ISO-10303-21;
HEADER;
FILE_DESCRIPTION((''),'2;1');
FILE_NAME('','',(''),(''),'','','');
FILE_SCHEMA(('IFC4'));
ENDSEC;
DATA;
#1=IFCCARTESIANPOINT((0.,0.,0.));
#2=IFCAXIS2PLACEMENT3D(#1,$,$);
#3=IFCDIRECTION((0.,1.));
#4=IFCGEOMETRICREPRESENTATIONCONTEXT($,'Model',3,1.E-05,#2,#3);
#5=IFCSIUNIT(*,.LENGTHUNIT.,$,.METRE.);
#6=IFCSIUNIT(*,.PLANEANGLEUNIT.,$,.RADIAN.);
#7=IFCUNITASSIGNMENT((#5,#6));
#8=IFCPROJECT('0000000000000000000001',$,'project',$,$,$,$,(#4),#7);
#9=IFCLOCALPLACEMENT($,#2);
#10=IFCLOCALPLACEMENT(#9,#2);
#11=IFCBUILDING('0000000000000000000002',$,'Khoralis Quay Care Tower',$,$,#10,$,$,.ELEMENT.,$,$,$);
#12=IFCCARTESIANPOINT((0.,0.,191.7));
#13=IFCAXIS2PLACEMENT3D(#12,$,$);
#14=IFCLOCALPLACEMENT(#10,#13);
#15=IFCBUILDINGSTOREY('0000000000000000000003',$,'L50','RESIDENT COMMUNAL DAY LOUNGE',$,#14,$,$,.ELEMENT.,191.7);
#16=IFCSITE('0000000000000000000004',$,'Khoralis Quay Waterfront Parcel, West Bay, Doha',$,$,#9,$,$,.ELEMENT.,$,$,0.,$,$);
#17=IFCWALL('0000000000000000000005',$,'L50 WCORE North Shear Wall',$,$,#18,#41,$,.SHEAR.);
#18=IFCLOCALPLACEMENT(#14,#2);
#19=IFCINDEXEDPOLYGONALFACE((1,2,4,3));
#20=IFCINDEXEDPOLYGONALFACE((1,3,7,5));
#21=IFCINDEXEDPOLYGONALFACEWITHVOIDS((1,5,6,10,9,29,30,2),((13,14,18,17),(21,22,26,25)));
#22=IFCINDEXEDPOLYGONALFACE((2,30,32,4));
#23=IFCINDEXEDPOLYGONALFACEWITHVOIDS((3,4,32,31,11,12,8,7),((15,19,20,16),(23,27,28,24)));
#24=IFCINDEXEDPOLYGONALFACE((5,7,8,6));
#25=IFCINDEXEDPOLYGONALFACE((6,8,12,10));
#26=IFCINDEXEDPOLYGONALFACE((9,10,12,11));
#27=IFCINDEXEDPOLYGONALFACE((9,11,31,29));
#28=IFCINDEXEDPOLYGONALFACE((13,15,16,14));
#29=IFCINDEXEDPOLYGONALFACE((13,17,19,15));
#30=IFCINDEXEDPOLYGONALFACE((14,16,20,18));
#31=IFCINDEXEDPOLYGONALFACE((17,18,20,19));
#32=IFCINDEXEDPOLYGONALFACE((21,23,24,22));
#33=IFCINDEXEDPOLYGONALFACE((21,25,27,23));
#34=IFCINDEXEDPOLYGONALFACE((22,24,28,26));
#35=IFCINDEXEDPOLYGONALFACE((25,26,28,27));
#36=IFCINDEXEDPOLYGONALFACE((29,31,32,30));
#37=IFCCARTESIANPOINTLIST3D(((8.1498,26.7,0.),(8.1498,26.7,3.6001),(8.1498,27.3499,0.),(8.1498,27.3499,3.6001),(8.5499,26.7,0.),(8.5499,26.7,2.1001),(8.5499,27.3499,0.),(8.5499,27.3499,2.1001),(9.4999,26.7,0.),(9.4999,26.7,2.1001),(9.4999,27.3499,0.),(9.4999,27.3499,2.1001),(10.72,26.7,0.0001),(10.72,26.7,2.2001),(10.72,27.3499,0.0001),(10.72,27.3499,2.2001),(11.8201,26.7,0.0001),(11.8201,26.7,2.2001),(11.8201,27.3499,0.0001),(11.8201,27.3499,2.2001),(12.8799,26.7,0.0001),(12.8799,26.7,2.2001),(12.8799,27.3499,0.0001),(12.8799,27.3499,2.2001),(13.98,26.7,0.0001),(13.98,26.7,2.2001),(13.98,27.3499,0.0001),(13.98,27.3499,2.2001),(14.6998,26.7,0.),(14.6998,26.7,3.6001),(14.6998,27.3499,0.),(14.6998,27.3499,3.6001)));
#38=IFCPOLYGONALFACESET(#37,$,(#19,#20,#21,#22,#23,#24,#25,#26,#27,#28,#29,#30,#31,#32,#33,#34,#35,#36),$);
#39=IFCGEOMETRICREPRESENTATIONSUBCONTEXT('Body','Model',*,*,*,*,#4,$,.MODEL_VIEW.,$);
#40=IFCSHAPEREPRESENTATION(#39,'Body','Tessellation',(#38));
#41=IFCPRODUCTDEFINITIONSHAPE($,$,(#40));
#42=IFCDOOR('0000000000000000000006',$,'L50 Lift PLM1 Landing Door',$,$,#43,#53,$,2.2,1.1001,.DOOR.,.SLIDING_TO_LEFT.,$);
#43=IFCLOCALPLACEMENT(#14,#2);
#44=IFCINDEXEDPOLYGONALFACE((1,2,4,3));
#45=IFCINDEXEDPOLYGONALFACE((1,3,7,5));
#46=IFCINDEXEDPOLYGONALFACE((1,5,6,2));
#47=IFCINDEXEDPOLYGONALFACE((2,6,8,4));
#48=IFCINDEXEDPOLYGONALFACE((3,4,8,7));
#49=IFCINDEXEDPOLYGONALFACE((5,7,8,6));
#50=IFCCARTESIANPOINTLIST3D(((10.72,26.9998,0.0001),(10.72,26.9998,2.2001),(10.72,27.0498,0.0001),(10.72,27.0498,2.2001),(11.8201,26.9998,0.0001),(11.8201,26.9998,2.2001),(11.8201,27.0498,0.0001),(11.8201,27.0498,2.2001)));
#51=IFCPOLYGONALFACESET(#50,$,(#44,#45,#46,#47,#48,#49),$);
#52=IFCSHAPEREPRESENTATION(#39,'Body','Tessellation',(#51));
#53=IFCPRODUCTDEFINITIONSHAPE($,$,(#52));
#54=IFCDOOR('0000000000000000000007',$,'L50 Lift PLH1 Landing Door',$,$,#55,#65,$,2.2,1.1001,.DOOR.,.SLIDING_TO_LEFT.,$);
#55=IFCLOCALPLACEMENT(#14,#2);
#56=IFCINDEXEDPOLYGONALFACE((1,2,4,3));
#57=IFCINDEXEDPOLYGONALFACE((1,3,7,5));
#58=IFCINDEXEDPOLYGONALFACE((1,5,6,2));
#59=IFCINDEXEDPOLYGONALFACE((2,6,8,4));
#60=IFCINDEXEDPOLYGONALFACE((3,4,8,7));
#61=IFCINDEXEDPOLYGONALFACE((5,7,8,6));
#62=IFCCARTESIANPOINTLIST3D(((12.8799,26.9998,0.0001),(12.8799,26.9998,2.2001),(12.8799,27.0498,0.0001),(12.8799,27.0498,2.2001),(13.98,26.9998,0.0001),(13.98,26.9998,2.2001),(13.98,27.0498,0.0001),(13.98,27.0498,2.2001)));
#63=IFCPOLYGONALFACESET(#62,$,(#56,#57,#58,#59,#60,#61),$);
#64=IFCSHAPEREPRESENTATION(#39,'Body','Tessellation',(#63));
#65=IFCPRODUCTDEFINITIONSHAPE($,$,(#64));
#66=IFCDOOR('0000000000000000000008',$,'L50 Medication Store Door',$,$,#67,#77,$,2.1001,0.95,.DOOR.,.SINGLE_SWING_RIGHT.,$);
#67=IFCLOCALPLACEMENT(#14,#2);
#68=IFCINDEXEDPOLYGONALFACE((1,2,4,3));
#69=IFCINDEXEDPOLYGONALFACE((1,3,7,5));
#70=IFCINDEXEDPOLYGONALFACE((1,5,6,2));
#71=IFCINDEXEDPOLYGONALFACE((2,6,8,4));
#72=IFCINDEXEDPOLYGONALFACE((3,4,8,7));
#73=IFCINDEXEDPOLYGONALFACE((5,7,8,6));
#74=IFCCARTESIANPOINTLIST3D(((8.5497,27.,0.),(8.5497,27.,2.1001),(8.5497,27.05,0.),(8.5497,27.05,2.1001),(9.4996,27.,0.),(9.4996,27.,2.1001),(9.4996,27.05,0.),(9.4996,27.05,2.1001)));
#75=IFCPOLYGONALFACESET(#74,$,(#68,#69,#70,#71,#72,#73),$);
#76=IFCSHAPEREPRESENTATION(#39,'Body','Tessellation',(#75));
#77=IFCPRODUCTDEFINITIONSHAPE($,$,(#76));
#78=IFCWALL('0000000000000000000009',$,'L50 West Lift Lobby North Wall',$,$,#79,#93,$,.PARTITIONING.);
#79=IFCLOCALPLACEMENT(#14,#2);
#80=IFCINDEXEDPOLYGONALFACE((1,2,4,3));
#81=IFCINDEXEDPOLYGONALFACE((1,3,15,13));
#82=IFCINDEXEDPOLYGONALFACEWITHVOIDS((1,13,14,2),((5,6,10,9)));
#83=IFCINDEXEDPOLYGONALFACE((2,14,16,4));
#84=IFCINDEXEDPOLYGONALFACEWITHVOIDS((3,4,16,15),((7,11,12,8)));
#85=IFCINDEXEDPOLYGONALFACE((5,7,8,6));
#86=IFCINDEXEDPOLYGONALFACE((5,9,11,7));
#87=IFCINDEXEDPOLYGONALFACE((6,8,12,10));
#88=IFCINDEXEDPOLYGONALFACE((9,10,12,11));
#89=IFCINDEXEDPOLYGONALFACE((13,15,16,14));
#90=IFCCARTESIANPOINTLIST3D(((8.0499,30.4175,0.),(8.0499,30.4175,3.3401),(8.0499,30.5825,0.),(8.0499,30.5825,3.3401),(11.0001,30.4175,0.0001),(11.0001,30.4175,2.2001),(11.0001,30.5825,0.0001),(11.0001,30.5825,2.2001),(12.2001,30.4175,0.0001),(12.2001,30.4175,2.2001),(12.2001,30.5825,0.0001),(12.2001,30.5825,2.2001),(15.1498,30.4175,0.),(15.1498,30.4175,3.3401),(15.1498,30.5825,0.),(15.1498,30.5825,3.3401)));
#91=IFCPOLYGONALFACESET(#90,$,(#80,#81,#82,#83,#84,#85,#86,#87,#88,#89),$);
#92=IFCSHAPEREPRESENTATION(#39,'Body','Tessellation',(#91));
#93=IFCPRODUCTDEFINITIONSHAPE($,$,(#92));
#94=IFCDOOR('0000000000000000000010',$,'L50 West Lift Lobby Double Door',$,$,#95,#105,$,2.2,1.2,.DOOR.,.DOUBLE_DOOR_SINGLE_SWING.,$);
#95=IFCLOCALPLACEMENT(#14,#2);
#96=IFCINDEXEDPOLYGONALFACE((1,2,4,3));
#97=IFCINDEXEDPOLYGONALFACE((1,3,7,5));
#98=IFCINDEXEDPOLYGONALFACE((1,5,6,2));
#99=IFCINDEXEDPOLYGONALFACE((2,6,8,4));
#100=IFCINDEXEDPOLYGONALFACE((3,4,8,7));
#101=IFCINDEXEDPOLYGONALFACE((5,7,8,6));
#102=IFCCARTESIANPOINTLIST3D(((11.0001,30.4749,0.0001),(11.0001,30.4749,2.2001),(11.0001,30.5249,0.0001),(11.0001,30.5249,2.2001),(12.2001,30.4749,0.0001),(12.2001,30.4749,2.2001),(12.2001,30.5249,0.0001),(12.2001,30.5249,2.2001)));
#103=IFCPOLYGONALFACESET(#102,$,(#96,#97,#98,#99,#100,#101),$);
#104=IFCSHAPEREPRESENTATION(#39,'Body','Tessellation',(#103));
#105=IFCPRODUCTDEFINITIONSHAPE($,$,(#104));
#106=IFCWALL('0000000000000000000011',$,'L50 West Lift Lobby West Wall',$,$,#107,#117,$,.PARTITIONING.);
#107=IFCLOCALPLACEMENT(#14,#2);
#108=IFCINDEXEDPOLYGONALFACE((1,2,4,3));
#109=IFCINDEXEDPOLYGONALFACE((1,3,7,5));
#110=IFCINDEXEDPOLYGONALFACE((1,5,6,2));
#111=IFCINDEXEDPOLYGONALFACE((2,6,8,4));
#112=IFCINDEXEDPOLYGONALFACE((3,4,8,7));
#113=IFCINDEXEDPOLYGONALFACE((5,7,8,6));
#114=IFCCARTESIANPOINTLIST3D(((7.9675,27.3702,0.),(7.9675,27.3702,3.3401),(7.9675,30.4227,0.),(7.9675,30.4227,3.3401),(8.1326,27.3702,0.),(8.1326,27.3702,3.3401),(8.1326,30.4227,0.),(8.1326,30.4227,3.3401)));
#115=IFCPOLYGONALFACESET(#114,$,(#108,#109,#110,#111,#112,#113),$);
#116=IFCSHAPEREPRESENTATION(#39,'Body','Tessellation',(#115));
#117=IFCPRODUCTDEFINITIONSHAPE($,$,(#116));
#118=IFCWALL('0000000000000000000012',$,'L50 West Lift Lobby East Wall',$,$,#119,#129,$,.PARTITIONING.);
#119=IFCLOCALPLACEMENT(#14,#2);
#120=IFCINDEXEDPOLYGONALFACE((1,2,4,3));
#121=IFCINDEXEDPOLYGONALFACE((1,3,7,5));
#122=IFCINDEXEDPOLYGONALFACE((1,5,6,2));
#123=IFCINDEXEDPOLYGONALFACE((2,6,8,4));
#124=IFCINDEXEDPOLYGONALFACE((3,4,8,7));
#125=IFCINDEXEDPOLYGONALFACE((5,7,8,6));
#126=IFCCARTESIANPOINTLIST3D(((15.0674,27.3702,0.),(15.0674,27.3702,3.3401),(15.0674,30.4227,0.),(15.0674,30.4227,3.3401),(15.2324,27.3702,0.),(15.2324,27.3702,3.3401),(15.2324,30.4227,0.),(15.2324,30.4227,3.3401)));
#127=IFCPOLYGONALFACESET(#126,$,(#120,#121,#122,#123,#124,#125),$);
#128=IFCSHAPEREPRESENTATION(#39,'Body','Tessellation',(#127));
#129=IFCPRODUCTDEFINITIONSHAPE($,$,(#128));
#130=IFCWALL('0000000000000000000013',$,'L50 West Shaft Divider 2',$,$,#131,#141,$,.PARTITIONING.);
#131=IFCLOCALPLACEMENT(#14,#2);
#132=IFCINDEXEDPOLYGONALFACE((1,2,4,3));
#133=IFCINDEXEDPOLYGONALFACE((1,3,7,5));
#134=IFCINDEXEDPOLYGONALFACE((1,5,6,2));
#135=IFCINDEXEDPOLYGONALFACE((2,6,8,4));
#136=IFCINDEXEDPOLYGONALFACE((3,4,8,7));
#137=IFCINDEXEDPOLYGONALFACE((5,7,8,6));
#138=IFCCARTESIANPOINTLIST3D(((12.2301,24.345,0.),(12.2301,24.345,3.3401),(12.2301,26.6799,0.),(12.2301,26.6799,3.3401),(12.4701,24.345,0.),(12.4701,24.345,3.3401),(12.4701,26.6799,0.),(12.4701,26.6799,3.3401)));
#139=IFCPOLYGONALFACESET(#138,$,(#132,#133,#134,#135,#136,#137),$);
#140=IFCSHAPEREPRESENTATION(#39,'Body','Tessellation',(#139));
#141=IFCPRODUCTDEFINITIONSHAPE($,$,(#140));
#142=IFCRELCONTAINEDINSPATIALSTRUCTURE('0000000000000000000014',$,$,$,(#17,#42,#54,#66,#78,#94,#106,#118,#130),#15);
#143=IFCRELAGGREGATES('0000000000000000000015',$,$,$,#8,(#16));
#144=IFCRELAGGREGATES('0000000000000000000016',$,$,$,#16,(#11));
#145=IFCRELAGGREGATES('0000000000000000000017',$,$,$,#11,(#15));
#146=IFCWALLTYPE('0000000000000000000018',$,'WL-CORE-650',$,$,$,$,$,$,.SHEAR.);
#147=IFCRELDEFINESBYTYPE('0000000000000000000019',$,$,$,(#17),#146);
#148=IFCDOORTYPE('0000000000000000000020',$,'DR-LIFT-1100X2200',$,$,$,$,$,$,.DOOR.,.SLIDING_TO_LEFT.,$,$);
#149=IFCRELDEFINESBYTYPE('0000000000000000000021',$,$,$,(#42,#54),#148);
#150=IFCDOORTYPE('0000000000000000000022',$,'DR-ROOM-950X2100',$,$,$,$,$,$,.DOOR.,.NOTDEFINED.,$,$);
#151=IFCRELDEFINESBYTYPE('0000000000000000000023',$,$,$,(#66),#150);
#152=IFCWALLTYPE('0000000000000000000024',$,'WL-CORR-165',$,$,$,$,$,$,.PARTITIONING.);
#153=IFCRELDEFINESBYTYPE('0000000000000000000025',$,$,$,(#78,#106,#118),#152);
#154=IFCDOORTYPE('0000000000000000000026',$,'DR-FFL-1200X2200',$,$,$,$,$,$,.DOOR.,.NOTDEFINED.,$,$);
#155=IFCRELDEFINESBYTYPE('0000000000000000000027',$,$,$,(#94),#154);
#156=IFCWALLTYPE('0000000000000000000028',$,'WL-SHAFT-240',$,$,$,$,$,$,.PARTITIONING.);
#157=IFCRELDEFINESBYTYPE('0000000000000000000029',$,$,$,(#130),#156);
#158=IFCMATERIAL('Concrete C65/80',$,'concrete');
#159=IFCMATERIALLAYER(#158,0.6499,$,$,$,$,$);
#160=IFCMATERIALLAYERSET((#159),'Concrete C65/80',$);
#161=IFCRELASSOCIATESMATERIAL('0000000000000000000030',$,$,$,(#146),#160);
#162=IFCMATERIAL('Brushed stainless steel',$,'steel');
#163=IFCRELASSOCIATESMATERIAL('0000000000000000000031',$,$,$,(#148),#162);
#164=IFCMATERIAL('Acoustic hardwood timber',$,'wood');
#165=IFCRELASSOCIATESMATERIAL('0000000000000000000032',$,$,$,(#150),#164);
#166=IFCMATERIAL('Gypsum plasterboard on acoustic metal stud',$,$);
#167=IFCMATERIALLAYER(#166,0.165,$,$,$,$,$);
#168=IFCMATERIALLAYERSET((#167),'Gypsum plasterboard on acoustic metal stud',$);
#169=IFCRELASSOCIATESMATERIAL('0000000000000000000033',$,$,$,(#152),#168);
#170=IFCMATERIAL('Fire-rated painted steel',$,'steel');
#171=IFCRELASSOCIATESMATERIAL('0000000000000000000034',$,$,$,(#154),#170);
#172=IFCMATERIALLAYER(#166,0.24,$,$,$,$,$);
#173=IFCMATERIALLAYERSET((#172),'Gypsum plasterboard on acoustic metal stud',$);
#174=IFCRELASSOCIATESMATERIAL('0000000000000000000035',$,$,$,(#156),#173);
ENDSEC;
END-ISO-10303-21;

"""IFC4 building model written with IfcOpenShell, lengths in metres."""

from ifc_helpers import new_model, si_unit, direction, frame, frame_2d, origin, place, context, subcontext, project, spatial, rectangle, extrude, source, transform, mapped, material, layer, layer_set, type_object, element, fill, save


model = new_model("IFC4")

# Units and contexts
model_context = context("Model", 3, precision=1e-05, world=origin(), true_north=direction((0.0, 1.0)))
body_context = subcontext(model_context, "Body", "Model", "MODEL_VIEW")
ifc_project = project(units=[si_unit("LENGTHUNIT", "METRE"), si_unit("PLANEANGLEUNIT", "RADIAN")], contexts=[model_context])

# Site, building, storey
site_placement = place(None, origin())
site = spatial("IfcSite", under=ifc_project, at=site_placement, Name="Khoralis Quay Waterfront Parcel, West Bay, Doha", CompositionType="ELEMENT", RefElevation=0.0)
building_placement = place(site_placement, origin())
building = spatial("IfcBuilding", under=site, at=building_placement, Name="Khoralis Quay Care Tower", CompositionType="ELEMENT")
storey_placement = place(building_placement, frame((0.0, 0.0, 191.7)))
storey = spatial("IfcBuildingStorey", under=building, at=storey_placement, Name="L50", Description="RESIDENT COMMUNAL DAY LOUNGE", CompositionType="ELEMENT", Elevation=191.7)

# Shared definitions
ifc_material_1 = material(Name="Concrete C65/80", Category="concrete")

# Wall, openings, doors
ifc_layer_1 = layer(ifc_material_1, 0.6499)
ifc_layer_set_1 = layer_set([ifc_layer_1], Name="Concrete C65/80")
wall_type_1 = type_object("IfcWallType", Name="WL-CORE-650", PredefinedType="SHEAR", material=ifc_layer_set_1)
wall_1_placement = place(storey_placement, frame((8.1499, 27.0249, 0.0), z_axis=(0.0, 0.0, 1.0), x_axis=(1.0, 0.0, 0.0)))
wall_1 = element("IfcWall", 1, at=wall_1_placement, inside=storey, type_object=wall_type_1, Name="L50 WCORE North Shear Wall", PredefinedType="SHEAR", context=body_context, shape_type="SweptSolid", body=[
    extrude(rectangle(XDim=6.55, YDim=0.6499, at=frame_2d((3.2749, 0.0))), origin(), (0.0, 0.0, 1.0), 3.6001),
])
opening_1_placement = place(wall_1_placement, frame((0.3999, 0.0, 0.0)))
opening_1 = element("IfcOpeningElement", 2, at=opening_1_placement, cuts=wall_1, PredefinedType="OPENING", context=body_context, shape_type="SweptSolid", body=[
    extrude(rectangle(XDim=0.95, YDim=2.1001, at=frame_2d((0.4751, 1.05))), frame((0.0, 0.335, 0.0), z_axis=(0.0, -1.0, 0.0), x_axis=(1.0, 0.0, 0.0)), (0.0, 0.0, 1.0), 0.6699),
])
opening_2_placement = place(wall_1_placement, frame((2.5701, 0.0, 0.0)))
opening_2 = element("IfcOpeningElement", 3, at=opening_2_placement, cuts=wall_1, PredefinedType="OPENING", context=body_context, shape_type="SweptSolid", body=[
    extrude(rectangle(XDim=1.1001, YDim=2.2, at=frame_2d((0.55, 1.1001))), frame((0.0, 0.335, 0.0), z_axis=(0.0, -1.0, 0.0), x_axis=(1.0, 0.0, 0.0)), (0.0, 0.0, 1.0), 0.6699),
])
opening_3_placement = place(wall_1_placement, frame((4.73, 0.0, 0.0)))
opening_3 = element("IfcOpeningElement", 4, at=opening_3_placement, cuts=wall_1, PredefinedType="OPENING", context=body_context, shape_type="SweptSolid", body=[
    extrude(rectangle(XDim=1.1001, YDim=2.2, at=frame_2d((0.55, 1.1001))), frame((0.0, 0.335, 0.0), z_axis=(0.0, -1.0, 0.0), x_axis=(1.0, 0.0, 0.0)), (0.0, 0.0, 1.0), 0.6699),
])
ifc_material_2 = material(Name="Brushed stainless steel", Category="steel")
door_type_1 = type_object("IfcDoorType", Name="DR-LIFT-1100X2200", OperationType="SLIDING_TO_LEFT", PredefinedType="DOOR", material=ifc_material_2)
shared_shape_1 = source(origin(), body_context, "Body", "SweptSolid", [
    extrude(rectangle(XDim=1.1001, YDim=2.2, at=frame_2d((0.55, 1.1001))), frame((0.0, 0.0249, 0.0), z_axis=(0.0, -1.0, 0.0), x_axis=(1.0, 0.0, 0.0)), (0.0, 0.0, 1.0), 0.05),
])
door_1_placement = place(opening_2_placement, origin())
door_1 = element("IfcDoor", 5, at=door_1_placement, inside=storey, type_object=door_type_1, Name="L50 Lift PLM1 Landing Door", OperationType="SLIDING_TO_LEFT", OverallHeight=2.2, OverallWidth=1.1001, PredefinedType="DOOR", context=body_context, shape_type="MappedRepresentation", body=[
    mapped(shared_shape_1, transform((0.0, 0.0, 0.0), scale=1.0)),
])
fill(opening_2, door_1)
door_2_placement = place(opening_3_placement, origin())
door_2 = element("IfcDoor", 6, at=door_2_placement, inside=storey, type_object=door_type_1, Name="L50 Lift PLH1 Landing Door", OperationType="SLIDING_TO_LEFT", OverallHeight=2.2, OverallWidth=1.1001, PredefinedType="DOOR", context=body_context, shape_type="MappedRepresentation", body=[
    mapped(shared_shape_1, transform((0.0, 0.0, 0.0), scale=1.0)),
])
fill(opening_3, door_2)
ifc_material_3 = material(Name="Acoustic hardwood timber", Category="wood")
door_type_2 = type_object("IfcDoorType", Name="DR-ROOM-950X2100", OperationType="NOTDEFINED", PredefinedType="DOOR", material=ifc_material_3)
shared_shape_2 = source(origin(), body_context, "Body", "SweptSolid", [
    extrude(rectangle(XDim=0.95, YDim=2.1001, at=frame_2d((0.4751, 1.05))), frame((0.0, 0.0249, 0.0), z_axis=(0.0, -1.0, 0.0), x_axis=(1.0, 0.0, 0.0)), (0.0, 0.0, 1.0), 0.05),
])
door_3_placement = place(opening_1_placement, frame((0.95, 0.0, 0.0), z_axis=(0.0, 0.0, 1.0), x_axis=(-1.0, 0.0, 0.0)))
door_3 = element("IfcDoor", 7, at=door_3_placement, inside=storey, type_object=door_type_2, Name="L50 Medication Store Door", OperationType="SINGLE_SWING_RIGHT", OverallHeight=2.1001, OverallWidth=0.95, PredefinedType="DOOR", context=body_context, shape_type="MappedRepresentation", body=[
    mapped(shared_shape_2, transform((0.0, 0.0, 0.0), scale=1.0)),
])
fill(opening_1, door_3)

# Wall, opening, door
ifc_material_4 = material(Name="Gypsum plasterboard on acoustic metal stud")
ifc_layer_2 = layer(ifc_material_4, 0.165)
ifc_layer_set_2 = layer_set([ifc_layer_2], Name="Gypsum plasterboard on acoustic metal stud")
wall_type_2 = type_object("IfcWallType", Name="WL-CORR-165", PredefinedType="PARTITIONING", material=ifc_layer_set_2)
wall_2_placement = place(storey_placement, frame((8.05, 30.5, 0.0), z_axis=(0.0, 0.0, 1.0), x_axis=(1.0, 0.0, 0.0)))
wall_2 = element("IfcWall", 8, at=wall_2_placement, inside=storey, type_object=wall_type_2, Name="L50 West Lift Lobby North Wall", PredefinedType="PARTITIONING", context=body_context, shape_type="SweptSolid", body=[
    extrude(rectangle(XDim=7.0999, YDim=0.165, at=frame_2d((3.5498, 0.0))), origin(), (0.0, 0.0, 1.0), 3.3401),
])
opening_4_placement = place(wall_2_placement, frame((2.95, 0.0, 0.0)))
opening_4 = element("IfcOpeningElement", 9, at=opening_4_placement, cuts=wall_2, PredefinedType="OPENING", context=body_context, shape_type="SweptSolid", body=[
    extrude(rectangle(XDim=1.2, YDim=2.2, at=frame_2d((0.6001, 1.1001))), frame((0.0, 0.0925, 0.0), z_axis=(0.0, -1.0, 0.0), x_axis=(1.0, 0.0, 0.0)), (0.0, 0.0, 1.0), 0.1851),
])
ifc_material_5 = material(Name="Fire-rated painted steel", Category="steel")
door_type_3 = type_object("IfcDoorType", Name="DR-FFL-1200X2200", OperationType="NOTDEFINED", PredefinedType="DOOR", material=ifc_material_5)
shared_shape_3 = source(origin(), body_context, "Body", "SweptSolid", [
    extrude(rectangle(XDim=1.2, YDim=2.2, at=frame_2d((0.6001, 1.1001))), frame((0.0, 0.0249, 0.0), z_axis=(0.0, -1.0, 0.0), x_axis=(1.0, 0.0, 0.0)), (0.0, 0.0, 1.0), 0.05),
])
door_4_placement = place(opening_4_placement, origin())
door_4 = element("IfcDoor", 10, at=door_4_placement, inside=storey, type_object=door_type_3, Name="L50 West Lift Lobby Double Door", OperationType="DOUBLE_DOOR_SINGLE_SWING", OverallHeight=2.2, OverallWidth=1.2, PredefinedType="DOOR", context=body_context, shape_type="MappedRepresentation", body=[
    mapped(shared_shape_3, transform((0.0, 0.0, 0.0), scale=1.0)),
])
fill(opening_4, door_4)

# Walls
for number, where, z_axis, x_axis, name in (
    (11, (8.05, 27.3701, 0.0), (0.0, 0.0, 1.0), (0.0, 1.0, 0.0), "L50 West Lift Lobby West Wall"),
    (12, (15.1499, 27.3701, 0.0), (0.0, 0.0, 1.0), (0.0, 1.0, 0.0), "L50 West Lift Lobby East Wall"),
):
    element("IfcWall", number, at=place(storey_placement, frame(where, z_axis=z_axis, x_axis=x_axis)), inside=storey, type_object=wall_type_2, Name=name, PredefinedType="PARTITIONING", context=body_context, shape_type="SweptSolid", body=[
        extrude(rectangle(XDim=3.0525, YDim=0.165, at=frame_2d((1.5264, 0.0))), origin(), (0.0, 0.0, 1.0), 3.3401),
    ])
ifc_layer_3 = layer(ifc_material_4, 0.24)
ifc_layer_set_3 = layer_set([ifc_layer_3], Name="Gypsum plasterboard on acoustic metal stud")
wall_type_3 = type_object("IfcWallType", Name="WL-SHAFT-240", PredefinedType="PARTITIONING", material=ifc_layer_set_3)
wall_3_placement = place(storey_placement, frame((12.3501, 24.345, 0.0), z_axis=(0.0, 0.0, 1.0), x_axis=(0.0, 1.0, 0.0)))
element("IfcWall", 13, at=wall_3_placement, inside=storey, type_object=wall_type_3, Name="L50 West Shaft Divider 2", PredefinedType="PARTITIONING", context=body_context, shape_type="SweptSolid", body=[
    extrude(rectangle(XDim=2.335, YDim=0.24, at=frame_2d((1.1675, 0.0))), origin(), (0.0, 0.0, 1.0), 3.3401),
])

save(model, "model.ifc")
